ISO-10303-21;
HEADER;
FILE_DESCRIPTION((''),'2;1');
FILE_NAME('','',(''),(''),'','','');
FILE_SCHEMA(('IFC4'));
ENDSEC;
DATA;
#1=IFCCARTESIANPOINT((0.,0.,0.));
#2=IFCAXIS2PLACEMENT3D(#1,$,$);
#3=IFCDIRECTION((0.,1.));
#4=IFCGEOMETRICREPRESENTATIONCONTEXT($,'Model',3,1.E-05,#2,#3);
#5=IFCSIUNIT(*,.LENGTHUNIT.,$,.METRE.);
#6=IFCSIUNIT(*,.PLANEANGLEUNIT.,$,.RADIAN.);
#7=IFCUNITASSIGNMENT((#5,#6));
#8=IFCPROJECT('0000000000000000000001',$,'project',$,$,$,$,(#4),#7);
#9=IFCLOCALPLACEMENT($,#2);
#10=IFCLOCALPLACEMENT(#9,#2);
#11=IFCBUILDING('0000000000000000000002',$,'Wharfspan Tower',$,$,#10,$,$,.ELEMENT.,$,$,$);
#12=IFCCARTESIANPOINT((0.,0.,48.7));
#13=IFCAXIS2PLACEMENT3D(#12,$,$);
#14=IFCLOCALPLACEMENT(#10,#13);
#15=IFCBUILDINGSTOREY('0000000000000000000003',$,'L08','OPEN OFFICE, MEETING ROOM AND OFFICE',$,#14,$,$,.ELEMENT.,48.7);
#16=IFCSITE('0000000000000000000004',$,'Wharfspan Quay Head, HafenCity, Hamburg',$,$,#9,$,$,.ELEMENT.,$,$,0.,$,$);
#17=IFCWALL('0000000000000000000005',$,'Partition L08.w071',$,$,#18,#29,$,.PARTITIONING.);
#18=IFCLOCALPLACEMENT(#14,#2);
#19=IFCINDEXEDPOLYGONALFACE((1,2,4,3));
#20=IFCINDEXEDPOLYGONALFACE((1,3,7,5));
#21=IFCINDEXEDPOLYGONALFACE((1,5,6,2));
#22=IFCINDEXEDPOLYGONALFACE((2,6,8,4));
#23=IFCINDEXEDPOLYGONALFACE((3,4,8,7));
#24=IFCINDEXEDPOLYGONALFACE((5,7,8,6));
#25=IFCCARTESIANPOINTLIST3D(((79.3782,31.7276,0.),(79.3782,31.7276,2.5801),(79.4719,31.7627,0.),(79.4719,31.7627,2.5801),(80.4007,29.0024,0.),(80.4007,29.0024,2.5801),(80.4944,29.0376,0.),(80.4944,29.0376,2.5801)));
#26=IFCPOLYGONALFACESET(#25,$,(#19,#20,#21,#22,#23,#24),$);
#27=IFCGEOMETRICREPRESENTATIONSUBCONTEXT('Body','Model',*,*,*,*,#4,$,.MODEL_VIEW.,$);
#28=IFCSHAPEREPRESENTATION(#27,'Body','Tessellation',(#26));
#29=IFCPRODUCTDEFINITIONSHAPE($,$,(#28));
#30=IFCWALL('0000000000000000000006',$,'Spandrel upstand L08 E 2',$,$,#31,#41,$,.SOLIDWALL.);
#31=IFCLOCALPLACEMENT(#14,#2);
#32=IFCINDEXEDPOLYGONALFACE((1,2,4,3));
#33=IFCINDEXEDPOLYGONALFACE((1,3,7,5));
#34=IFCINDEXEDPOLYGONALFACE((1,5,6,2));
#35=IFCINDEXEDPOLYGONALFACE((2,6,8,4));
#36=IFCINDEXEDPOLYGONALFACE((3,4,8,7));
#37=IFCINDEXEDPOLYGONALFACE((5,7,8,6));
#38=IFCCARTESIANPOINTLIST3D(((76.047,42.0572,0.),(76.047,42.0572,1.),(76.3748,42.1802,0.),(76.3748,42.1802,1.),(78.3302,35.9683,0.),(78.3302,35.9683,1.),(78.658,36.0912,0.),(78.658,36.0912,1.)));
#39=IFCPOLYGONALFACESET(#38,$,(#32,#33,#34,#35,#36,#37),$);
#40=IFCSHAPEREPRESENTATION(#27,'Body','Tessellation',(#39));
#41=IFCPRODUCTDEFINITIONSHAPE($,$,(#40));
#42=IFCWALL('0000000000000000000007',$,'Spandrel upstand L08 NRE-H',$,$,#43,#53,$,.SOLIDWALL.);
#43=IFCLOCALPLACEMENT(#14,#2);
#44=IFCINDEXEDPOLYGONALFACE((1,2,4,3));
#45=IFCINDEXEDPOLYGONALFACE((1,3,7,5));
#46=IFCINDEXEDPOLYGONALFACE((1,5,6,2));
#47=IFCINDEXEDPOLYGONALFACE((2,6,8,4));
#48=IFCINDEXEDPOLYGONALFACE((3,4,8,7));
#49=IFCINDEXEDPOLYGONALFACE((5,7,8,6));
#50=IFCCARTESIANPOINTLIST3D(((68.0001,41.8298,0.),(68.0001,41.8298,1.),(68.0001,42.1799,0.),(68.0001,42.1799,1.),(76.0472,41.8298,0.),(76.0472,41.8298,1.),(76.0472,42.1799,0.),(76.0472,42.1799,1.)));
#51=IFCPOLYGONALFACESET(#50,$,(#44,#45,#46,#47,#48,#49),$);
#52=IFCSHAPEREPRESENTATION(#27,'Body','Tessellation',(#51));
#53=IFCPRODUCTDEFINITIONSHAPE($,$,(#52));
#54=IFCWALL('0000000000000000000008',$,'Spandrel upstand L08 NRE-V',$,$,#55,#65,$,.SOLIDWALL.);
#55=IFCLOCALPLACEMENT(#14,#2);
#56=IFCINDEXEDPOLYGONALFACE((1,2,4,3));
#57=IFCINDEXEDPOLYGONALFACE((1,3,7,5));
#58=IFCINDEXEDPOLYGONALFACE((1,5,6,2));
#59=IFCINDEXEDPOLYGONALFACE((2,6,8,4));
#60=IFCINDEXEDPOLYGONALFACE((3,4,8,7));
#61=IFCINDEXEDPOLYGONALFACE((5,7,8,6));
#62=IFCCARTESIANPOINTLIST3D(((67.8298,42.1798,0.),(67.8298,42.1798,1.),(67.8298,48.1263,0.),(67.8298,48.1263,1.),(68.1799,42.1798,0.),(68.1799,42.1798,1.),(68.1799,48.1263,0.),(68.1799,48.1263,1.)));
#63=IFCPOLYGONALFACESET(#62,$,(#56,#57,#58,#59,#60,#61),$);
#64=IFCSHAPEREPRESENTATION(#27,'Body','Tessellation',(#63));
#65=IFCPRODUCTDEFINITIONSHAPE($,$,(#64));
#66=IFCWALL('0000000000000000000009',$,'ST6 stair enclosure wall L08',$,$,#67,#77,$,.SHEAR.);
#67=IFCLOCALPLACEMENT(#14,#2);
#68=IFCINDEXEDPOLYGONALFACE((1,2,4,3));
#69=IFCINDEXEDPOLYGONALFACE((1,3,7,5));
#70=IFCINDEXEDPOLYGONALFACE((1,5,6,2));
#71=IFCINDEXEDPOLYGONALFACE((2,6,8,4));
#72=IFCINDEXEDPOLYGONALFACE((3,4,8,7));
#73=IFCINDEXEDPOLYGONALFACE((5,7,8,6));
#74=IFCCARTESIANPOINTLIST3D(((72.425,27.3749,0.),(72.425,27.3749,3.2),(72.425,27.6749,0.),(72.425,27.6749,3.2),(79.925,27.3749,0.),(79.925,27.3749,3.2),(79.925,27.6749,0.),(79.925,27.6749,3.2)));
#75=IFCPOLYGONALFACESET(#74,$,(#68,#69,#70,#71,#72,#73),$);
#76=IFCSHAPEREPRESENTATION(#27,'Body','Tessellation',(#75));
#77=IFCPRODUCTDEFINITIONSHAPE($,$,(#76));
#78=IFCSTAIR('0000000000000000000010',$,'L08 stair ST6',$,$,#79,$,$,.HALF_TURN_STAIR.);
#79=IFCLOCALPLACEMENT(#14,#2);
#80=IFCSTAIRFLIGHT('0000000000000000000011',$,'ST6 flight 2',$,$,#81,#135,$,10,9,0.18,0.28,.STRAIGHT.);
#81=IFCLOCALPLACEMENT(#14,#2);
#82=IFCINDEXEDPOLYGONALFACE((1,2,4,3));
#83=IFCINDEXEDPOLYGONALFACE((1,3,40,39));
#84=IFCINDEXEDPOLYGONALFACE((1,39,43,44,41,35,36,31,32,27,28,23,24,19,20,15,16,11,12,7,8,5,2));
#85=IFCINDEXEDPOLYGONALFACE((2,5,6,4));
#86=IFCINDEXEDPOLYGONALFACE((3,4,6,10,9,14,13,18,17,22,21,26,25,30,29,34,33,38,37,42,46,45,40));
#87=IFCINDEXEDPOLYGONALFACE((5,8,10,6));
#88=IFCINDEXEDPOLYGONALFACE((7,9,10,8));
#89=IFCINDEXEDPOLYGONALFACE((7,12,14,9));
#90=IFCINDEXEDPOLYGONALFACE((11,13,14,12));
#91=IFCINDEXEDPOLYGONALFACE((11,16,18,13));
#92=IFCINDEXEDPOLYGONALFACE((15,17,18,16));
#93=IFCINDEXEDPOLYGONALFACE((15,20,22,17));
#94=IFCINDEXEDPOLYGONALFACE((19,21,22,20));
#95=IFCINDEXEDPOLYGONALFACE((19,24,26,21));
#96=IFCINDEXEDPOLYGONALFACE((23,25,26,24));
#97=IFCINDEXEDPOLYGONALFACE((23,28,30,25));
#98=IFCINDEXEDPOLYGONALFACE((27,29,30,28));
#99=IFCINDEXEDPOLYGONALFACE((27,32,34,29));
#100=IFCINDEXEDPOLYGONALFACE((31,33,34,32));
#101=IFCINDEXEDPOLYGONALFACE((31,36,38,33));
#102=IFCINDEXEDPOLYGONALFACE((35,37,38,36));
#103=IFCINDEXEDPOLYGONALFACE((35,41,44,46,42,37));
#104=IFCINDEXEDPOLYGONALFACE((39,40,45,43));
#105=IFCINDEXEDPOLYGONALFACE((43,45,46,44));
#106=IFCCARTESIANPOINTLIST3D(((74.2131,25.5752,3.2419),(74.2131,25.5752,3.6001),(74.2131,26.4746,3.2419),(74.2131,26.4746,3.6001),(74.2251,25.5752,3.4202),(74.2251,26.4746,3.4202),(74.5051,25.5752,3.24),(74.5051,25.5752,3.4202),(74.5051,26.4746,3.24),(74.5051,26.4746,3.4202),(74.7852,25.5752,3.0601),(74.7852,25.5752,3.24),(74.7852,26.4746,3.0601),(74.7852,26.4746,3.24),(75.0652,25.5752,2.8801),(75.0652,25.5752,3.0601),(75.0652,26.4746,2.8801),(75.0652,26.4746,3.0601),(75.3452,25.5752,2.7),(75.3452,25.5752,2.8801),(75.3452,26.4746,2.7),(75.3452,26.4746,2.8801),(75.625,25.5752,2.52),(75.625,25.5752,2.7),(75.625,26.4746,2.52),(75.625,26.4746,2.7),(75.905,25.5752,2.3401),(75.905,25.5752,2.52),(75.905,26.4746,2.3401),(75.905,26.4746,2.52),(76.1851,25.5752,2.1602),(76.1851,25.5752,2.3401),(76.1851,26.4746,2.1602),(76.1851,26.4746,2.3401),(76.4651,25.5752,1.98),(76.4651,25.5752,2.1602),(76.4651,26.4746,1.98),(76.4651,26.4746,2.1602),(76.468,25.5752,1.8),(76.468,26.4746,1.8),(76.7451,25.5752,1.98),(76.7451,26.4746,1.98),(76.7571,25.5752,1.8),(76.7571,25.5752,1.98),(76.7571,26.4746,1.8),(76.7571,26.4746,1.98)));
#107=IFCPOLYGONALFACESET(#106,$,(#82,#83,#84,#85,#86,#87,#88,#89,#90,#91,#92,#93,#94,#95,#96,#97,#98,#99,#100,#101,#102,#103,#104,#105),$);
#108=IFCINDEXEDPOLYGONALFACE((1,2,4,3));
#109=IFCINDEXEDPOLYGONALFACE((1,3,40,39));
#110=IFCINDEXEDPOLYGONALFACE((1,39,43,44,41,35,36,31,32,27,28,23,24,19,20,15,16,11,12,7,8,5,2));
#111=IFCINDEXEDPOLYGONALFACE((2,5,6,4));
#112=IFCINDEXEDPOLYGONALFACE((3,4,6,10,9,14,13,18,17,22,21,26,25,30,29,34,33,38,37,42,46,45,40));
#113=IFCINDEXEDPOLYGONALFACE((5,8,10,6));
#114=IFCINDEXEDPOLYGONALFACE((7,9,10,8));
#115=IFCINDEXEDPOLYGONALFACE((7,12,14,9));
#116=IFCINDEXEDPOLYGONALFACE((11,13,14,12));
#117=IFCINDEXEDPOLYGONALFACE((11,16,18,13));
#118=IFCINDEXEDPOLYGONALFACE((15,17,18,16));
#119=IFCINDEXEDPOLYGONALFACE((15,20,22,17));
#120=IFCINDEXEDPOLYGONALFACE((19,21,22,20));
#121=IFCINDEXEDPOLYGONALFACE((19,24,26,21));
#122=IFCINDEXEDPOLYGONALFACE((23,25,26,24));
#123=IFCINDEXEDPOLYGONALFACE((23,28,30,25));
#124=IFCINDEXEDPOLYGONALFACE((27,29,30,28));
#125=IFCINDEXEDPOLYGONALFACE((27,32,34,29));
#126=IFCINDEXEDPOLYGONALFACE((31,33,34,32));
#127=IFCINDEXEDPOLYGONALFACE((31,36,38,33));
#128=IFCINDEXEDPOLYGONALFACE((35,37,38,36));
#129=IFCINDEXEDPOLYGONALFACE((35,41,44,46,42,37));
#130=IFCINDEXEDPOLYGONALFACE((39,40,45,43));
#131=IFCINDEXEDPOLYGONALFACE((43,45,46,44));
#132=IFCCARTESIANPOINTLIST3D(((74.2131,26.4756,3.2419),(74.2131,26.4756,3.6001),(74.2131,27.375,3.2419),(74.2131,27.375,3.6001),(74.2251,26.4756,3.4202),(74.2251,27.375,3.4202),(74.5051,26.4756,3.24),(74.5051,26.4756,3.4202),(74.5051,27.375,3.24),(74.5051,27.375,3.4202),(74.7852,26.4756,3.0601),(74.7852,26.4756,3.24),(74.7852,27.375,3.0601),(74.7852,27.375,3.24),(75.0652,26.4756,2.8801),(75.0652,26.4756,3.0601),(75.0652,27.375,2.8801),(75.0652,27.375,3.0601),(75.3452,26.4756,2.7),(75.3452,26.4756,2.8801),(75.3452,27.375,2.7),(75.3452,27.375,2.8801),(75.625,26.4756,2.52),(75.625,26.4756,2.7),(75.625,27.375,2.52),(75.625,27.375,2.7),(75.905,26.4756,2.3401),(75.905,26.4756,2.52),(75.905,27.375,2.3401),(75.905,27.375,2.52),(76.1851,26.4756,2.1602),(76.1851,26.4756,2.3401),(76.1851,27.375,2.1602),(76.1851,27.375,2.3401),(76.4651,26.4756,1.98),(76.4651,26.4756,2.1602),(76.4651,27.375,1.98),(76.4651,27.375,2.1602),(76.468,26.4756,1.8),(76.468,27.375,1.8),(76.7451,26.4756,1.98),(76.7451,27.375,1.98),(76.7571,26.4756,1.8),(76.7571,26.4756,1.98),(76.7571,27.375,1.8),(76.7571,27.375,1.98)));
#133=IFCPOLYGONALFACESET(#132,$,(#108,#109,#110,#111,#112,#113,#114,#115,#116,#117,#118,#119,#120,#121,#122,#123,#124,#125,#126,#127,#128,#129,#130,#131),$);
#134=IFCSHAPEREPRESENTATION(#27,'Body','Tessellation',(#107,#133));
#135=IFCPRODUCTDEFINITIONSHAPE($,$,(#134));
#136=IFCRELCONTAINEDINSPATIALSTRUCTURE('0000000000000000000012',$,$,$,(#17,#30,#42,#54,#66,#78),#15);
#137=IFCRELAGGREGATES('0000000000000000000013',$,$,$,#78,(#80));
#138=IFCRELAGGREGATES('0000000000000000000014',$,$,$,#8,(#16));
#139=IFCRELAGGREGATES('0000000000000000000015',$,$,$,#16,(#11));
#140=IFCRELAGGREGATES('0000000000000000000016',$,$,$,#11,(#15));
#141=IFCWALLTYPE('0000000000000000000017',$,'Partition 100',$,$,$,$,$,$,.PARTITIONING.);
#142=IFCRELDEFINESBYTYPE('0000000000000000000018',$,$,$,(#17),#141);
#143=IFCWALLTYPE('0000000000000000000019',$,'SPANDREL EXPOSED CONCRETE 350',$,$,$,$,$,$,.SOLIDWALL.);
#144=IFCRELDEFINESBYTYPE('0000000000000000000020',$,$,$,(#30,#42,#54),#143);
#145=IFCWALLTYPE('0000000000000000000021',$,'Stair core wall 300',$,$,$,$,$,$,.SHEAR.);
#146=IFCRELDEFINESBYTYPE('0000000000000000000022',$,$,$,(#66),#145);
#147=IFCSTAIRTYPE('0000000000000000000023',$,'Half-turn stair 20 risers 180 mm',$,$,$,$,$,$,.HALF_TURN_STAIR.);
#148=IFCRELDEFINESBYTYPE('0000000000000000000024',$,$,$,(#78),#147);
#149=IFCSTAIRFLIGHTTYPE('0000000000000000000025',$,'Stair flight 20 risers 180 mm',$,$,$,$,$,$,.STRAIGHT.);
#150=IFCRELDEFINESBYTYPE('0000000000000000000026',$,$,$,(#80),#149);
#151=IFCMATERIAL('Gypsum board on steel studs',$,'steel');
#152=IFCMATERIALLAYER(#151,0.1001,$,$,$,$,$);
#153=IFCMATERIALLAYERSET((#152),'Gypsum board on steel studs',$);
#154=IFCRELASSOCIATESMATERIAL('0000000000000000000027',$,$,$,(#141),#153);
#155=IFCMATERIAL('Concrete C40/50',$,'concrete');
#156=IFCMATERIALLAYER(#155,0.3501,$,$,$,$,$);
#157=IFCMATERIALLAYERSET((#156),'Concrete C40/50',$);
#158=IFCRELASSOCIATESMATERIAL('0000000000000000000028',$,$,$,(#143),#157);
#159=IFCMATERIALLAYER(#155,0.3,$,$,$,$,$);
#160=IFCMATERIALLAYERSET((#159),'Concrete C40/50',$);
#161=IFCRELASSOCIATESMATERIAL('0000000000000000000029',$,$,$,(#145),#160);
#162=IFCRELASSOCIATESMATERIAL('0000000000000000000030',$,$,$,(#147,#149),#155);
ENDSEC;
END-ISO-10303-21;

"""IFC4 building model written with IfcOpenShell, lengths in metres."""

from ifc_helpers import new_model, si_unit, direction, frame, frame_2d, origin, place, context, subcontext, project, spatial, polyline, rectangle, outline, extrude, material, layer, layer_set, type_object, element, aggregate, save


model = new_model("IFC4")

# Units and contexts
model_context = context("Model", 3, precision=1e-05, world=origin(), true_north=direction((0.0, 1.0)))
body_context = subcontext(model_context, "Body", "Model", "MODEL_VIEW")
ifc_project = project(units=[si_unit("LENGTHUNIT", "METRE"), si_unit("PLANEANGLEUNIT", "RADIAN")], contexts=[model_context])

# Site, building, storey
site_placement = place(None, origin())
site = spatial("IfcSite", under=ifc_project, at=site_placement, Name="Wharfspan Quay Head, HafenCity, Hamburg", CompositionType="ELEMENT", RefElevation=0.0)
building_placement = place(site_placement, origin())
building = spatial("IfcBuilding", under=site, at=building_placement, Name="Wharfspan Tower", CompositionType="ELEMENT")
storey_placement = place(building_placement, frame((0.0, 0.0, 48.7)))
storey = spatial("IfcBuildingStorey", under=building, at=storey_placement, Name="L08", Description="OPEN OFFICE, MEETING ROOM AND OFFICE", CompositionType="ELEMENT", Elevation=48.7)

# Walls
ifc_material_1 = material(Name="Gypsum board on steel studs", Category="steel")
ifc_layer_1 = layer(ifc_material_1, 0.1001)
ifc_layer_set_1 = layer_set([ifc_layer_1], Name="Gypsum board on steel studs")
wall_type_1 = type_object("IfcWallType", Name="Partition 100", PredefinedType="PARTITIONING", material=ifc_layer_set_1)
wall_1_placement = place(storey_placement, frame((80.4475, 29.02, 0.0), z_axis=(0.0, 0.0, 1.0), x_axis=(-0.35129, 0.93627, 0.0)))
element("IfcWall", 1, at=wall_1_placement, inside=storey, type_object=wall_type_1, Name="Partition L08.w071", PredefinedType="PARTITIONING", context=body_context, shape_type="SweptSolid", body=[
    extrude(rectangle(XDim=2.9106, YDim=0.1001, at=frame_2d((1.4553, 0.0))), origin(), (0.0, 0.0, 1.0), 2.5801),
])
ifc_material_2 = material(Name="Concrete C40/50", Category="concrete")
ifc_layer_2 = layer(ifc_material_2, 0.3501)
ifc_layer_set_2 = layer_set([ifc_layer_2], Name="Concrete C40/50")
wall_type_2 = type_object("IfcWallType", Name="SPANDREL EXPOSED CONCRETE 350", PredefinedType="SOLIDWALL", material=ifc_layer_set_2)
wall_2_placement = place(storey_placement, frame((78.4941, 36.0298, 0.0), z_axis=(0.0, 0.0, 1.0), x_axis=(-0.351108, 0.936338, 0.0)))
element("IfcWall", 2, at=wall_2_placement, inside=storey, type_object=wall_type_2, Name="Spandrel upstand L08 E 2", PredefinedType="SOLIDWALL", context=body_context, shape_type="SweptSolid", body=[
    extrude(rectangle(XDim=6.5029, YDim=0.3501, at=frame_2d((3.2515, 0.0))), origin(), (0.0, 0.0, 1.0), 1.0),
])
wall_3_placement = place(storey_placement, frame((76.0471, 42.0049, 0.0), z_axis=(0.0, 0.0, 1.0), x_axis=(-1.0, 0.0, 0.0)))
element("IfcWall", 3, at=wall_3_placement, inside=storey, type_object=wall_type_2, Name="Spandrel upstand L08 NRE-H", PredefinedType="SOLIDWALL", context=body_context, shape_type="SweptSolid", body=[
    extrude(rectangle(XDim=8.0471, YDim=0.3501, at=frame_2d((4.0234, 0.0))), origin(), (0.0, 0.0, 1.0), 1.0),
])
wall_4_placement = place(storey_placement, frame((68.0049, 42.1799, 0.0), z_axis=(0.0, 0.0, 1.0), x_axis=(0.0, 1.0, 0.0)))
element("IfcWall", 4, at=wall_4_placement, inside=storey, type_object=wall_type_2, Name="Spandrel upstand L08 NRE-V", PredefinedType="SOLIDWALL", context=body_context, shape_type="SweptSolid", body=[
    extrude(rectangle(XDim=5.9465, YDim=0.3501, at=frame_2d((2.9731, 0.0))), origin(), (0.0, 0.0, 1.0), 1.0),
])
ifc_layer_3 = layer(ifc_material_2, 0.3)
ifc_layer_set_3 = layer_set([ifc_layer_3], Name="Concrete C40/50")
wall_type_3 = type_object("IfcWallType", Name="Stair core wall 300", PredefinedType="SHEAR", material=ifc_layer_set_3)
wall_5_placement = place(storey_placement, frame((72.425, 27.5249, 0.0), z_axis=(0.0, 0.0, 1.0), x_axis=(1.0, 0.0, 0.0)))
element("IfcWall", 5, at=wall_5_placement, inside=storey, type_object=wall_type_3, Name="ST6 stair enclosure wall L08", PredefinedType="SHEAR", context=body_context, shape_type="SweptSolid", body=[
    extrude(rectangle(XDim=7.5, YDim=0.3, at=frame_2d((3.75, 0.0))), origin(), (0.0, 0.0, 1.0), 3.2),
])

# Stair, stair flight
stair_type = type_object("IfcStairType", Name="Half-turn stair 20 risers 180 mm", PredefinedType="HALF_TURN_STAIR", material=ifc_material_2)
stair_placement = place(storey_placement, origin())
stair = element("IfcStair", 6, at=stair_placement, inside=storey, type_object=stair_type, Name="L08 stair ST6", PredefinedType="HALF_TURN_STAIR")
stair_flight_type = type_object("IfcStairFlightType", Name="Stair flight 20 risers 180 mm", PredefinedType="STRAIGHT", material=ifc_material_2)
stair_flight_placement = place(storey_placement, frame((76.7451, 26.4751, 1.8), z_axis=(0.0, 0.0, 1.0), x_axis=(-1.0, 0.0, 0.0)))
stair_flight = element("IfcStairFlight", 7, at=stair_flight_placement, type_object=stair_flight_type, Name="ST6 flight 2", NumberOfRisers=10, NumberOfTreads=9, PredefinedType="STRAIGHT", RiserHeight=0.18, TreadLength=0.28, context=body_context, shape_type="SweptSolid", body=[
    extrude(outline(polyline([(-0.012, 0.0), (-0.012, 0.1799), (0.0, 0.1799), (0.28, 0.1799), (0.28, 0.3601), (0.5601, 0.3601), (0.5601, 0.54), (0.8401, 0.54), (0.8401, 0.72), (1.1201, 0.72), (1.1201, 0.8999), (1.3999, 0.8999), (1.3999, 1.0801), (1.6799, 1.0801), (1.6799, 1.26), (1.96, 1.26), (1.96, 1.4399), (2.24, 1.4399), (2.24, 1.6201), (2.52, 1.6201), (2.532, 1.8), (2.532, 1.4419), (0.2771, 0.0), (-0.012, 0.0)])), frame((0.0, 0.8999, 0.0), z_axis=(0.0, -1.0, 0.0), x_axis=(1.0, 0.0, 0.0)), (0.0, 0.0, 1.0), 0.8994),
    extrude(outline(polyline([(-0.012, 0.0), (-0.012, 0.1799), (0.0, 0.1799), (0.28, 0.1799), (0.28, 0.3601), (0.5601, 0.3601), (0.5601, 0.54), (0.8401, 0.54), (0.8401, 0.72), (1.1201, 0.72), (1.1201, 0.8999), (1.3999, 0.8999), (1.3999, 1.0801), (1.6799, 1.0801), (1.6799, 1.26), (1.96, 1.26), (1.96, 1.4399), (2.24, 1.4399), (2.24, 1.6201), (2.52, 1.6201), (2.532, 1.8), (2.532, 1.4419), (0.2771, 0.0), (-0.012, 0.0)])), frame((0.0, -0.0005, 0.0), z_axis=(0.0, -1.0, 0.0), x_axis=(1.0, 0.0, 0.0)), (0.0, 0.0, 1.0), 0.8994),
])
aggregate(stair, [stair_flight])

save(model, "model.ifc")
